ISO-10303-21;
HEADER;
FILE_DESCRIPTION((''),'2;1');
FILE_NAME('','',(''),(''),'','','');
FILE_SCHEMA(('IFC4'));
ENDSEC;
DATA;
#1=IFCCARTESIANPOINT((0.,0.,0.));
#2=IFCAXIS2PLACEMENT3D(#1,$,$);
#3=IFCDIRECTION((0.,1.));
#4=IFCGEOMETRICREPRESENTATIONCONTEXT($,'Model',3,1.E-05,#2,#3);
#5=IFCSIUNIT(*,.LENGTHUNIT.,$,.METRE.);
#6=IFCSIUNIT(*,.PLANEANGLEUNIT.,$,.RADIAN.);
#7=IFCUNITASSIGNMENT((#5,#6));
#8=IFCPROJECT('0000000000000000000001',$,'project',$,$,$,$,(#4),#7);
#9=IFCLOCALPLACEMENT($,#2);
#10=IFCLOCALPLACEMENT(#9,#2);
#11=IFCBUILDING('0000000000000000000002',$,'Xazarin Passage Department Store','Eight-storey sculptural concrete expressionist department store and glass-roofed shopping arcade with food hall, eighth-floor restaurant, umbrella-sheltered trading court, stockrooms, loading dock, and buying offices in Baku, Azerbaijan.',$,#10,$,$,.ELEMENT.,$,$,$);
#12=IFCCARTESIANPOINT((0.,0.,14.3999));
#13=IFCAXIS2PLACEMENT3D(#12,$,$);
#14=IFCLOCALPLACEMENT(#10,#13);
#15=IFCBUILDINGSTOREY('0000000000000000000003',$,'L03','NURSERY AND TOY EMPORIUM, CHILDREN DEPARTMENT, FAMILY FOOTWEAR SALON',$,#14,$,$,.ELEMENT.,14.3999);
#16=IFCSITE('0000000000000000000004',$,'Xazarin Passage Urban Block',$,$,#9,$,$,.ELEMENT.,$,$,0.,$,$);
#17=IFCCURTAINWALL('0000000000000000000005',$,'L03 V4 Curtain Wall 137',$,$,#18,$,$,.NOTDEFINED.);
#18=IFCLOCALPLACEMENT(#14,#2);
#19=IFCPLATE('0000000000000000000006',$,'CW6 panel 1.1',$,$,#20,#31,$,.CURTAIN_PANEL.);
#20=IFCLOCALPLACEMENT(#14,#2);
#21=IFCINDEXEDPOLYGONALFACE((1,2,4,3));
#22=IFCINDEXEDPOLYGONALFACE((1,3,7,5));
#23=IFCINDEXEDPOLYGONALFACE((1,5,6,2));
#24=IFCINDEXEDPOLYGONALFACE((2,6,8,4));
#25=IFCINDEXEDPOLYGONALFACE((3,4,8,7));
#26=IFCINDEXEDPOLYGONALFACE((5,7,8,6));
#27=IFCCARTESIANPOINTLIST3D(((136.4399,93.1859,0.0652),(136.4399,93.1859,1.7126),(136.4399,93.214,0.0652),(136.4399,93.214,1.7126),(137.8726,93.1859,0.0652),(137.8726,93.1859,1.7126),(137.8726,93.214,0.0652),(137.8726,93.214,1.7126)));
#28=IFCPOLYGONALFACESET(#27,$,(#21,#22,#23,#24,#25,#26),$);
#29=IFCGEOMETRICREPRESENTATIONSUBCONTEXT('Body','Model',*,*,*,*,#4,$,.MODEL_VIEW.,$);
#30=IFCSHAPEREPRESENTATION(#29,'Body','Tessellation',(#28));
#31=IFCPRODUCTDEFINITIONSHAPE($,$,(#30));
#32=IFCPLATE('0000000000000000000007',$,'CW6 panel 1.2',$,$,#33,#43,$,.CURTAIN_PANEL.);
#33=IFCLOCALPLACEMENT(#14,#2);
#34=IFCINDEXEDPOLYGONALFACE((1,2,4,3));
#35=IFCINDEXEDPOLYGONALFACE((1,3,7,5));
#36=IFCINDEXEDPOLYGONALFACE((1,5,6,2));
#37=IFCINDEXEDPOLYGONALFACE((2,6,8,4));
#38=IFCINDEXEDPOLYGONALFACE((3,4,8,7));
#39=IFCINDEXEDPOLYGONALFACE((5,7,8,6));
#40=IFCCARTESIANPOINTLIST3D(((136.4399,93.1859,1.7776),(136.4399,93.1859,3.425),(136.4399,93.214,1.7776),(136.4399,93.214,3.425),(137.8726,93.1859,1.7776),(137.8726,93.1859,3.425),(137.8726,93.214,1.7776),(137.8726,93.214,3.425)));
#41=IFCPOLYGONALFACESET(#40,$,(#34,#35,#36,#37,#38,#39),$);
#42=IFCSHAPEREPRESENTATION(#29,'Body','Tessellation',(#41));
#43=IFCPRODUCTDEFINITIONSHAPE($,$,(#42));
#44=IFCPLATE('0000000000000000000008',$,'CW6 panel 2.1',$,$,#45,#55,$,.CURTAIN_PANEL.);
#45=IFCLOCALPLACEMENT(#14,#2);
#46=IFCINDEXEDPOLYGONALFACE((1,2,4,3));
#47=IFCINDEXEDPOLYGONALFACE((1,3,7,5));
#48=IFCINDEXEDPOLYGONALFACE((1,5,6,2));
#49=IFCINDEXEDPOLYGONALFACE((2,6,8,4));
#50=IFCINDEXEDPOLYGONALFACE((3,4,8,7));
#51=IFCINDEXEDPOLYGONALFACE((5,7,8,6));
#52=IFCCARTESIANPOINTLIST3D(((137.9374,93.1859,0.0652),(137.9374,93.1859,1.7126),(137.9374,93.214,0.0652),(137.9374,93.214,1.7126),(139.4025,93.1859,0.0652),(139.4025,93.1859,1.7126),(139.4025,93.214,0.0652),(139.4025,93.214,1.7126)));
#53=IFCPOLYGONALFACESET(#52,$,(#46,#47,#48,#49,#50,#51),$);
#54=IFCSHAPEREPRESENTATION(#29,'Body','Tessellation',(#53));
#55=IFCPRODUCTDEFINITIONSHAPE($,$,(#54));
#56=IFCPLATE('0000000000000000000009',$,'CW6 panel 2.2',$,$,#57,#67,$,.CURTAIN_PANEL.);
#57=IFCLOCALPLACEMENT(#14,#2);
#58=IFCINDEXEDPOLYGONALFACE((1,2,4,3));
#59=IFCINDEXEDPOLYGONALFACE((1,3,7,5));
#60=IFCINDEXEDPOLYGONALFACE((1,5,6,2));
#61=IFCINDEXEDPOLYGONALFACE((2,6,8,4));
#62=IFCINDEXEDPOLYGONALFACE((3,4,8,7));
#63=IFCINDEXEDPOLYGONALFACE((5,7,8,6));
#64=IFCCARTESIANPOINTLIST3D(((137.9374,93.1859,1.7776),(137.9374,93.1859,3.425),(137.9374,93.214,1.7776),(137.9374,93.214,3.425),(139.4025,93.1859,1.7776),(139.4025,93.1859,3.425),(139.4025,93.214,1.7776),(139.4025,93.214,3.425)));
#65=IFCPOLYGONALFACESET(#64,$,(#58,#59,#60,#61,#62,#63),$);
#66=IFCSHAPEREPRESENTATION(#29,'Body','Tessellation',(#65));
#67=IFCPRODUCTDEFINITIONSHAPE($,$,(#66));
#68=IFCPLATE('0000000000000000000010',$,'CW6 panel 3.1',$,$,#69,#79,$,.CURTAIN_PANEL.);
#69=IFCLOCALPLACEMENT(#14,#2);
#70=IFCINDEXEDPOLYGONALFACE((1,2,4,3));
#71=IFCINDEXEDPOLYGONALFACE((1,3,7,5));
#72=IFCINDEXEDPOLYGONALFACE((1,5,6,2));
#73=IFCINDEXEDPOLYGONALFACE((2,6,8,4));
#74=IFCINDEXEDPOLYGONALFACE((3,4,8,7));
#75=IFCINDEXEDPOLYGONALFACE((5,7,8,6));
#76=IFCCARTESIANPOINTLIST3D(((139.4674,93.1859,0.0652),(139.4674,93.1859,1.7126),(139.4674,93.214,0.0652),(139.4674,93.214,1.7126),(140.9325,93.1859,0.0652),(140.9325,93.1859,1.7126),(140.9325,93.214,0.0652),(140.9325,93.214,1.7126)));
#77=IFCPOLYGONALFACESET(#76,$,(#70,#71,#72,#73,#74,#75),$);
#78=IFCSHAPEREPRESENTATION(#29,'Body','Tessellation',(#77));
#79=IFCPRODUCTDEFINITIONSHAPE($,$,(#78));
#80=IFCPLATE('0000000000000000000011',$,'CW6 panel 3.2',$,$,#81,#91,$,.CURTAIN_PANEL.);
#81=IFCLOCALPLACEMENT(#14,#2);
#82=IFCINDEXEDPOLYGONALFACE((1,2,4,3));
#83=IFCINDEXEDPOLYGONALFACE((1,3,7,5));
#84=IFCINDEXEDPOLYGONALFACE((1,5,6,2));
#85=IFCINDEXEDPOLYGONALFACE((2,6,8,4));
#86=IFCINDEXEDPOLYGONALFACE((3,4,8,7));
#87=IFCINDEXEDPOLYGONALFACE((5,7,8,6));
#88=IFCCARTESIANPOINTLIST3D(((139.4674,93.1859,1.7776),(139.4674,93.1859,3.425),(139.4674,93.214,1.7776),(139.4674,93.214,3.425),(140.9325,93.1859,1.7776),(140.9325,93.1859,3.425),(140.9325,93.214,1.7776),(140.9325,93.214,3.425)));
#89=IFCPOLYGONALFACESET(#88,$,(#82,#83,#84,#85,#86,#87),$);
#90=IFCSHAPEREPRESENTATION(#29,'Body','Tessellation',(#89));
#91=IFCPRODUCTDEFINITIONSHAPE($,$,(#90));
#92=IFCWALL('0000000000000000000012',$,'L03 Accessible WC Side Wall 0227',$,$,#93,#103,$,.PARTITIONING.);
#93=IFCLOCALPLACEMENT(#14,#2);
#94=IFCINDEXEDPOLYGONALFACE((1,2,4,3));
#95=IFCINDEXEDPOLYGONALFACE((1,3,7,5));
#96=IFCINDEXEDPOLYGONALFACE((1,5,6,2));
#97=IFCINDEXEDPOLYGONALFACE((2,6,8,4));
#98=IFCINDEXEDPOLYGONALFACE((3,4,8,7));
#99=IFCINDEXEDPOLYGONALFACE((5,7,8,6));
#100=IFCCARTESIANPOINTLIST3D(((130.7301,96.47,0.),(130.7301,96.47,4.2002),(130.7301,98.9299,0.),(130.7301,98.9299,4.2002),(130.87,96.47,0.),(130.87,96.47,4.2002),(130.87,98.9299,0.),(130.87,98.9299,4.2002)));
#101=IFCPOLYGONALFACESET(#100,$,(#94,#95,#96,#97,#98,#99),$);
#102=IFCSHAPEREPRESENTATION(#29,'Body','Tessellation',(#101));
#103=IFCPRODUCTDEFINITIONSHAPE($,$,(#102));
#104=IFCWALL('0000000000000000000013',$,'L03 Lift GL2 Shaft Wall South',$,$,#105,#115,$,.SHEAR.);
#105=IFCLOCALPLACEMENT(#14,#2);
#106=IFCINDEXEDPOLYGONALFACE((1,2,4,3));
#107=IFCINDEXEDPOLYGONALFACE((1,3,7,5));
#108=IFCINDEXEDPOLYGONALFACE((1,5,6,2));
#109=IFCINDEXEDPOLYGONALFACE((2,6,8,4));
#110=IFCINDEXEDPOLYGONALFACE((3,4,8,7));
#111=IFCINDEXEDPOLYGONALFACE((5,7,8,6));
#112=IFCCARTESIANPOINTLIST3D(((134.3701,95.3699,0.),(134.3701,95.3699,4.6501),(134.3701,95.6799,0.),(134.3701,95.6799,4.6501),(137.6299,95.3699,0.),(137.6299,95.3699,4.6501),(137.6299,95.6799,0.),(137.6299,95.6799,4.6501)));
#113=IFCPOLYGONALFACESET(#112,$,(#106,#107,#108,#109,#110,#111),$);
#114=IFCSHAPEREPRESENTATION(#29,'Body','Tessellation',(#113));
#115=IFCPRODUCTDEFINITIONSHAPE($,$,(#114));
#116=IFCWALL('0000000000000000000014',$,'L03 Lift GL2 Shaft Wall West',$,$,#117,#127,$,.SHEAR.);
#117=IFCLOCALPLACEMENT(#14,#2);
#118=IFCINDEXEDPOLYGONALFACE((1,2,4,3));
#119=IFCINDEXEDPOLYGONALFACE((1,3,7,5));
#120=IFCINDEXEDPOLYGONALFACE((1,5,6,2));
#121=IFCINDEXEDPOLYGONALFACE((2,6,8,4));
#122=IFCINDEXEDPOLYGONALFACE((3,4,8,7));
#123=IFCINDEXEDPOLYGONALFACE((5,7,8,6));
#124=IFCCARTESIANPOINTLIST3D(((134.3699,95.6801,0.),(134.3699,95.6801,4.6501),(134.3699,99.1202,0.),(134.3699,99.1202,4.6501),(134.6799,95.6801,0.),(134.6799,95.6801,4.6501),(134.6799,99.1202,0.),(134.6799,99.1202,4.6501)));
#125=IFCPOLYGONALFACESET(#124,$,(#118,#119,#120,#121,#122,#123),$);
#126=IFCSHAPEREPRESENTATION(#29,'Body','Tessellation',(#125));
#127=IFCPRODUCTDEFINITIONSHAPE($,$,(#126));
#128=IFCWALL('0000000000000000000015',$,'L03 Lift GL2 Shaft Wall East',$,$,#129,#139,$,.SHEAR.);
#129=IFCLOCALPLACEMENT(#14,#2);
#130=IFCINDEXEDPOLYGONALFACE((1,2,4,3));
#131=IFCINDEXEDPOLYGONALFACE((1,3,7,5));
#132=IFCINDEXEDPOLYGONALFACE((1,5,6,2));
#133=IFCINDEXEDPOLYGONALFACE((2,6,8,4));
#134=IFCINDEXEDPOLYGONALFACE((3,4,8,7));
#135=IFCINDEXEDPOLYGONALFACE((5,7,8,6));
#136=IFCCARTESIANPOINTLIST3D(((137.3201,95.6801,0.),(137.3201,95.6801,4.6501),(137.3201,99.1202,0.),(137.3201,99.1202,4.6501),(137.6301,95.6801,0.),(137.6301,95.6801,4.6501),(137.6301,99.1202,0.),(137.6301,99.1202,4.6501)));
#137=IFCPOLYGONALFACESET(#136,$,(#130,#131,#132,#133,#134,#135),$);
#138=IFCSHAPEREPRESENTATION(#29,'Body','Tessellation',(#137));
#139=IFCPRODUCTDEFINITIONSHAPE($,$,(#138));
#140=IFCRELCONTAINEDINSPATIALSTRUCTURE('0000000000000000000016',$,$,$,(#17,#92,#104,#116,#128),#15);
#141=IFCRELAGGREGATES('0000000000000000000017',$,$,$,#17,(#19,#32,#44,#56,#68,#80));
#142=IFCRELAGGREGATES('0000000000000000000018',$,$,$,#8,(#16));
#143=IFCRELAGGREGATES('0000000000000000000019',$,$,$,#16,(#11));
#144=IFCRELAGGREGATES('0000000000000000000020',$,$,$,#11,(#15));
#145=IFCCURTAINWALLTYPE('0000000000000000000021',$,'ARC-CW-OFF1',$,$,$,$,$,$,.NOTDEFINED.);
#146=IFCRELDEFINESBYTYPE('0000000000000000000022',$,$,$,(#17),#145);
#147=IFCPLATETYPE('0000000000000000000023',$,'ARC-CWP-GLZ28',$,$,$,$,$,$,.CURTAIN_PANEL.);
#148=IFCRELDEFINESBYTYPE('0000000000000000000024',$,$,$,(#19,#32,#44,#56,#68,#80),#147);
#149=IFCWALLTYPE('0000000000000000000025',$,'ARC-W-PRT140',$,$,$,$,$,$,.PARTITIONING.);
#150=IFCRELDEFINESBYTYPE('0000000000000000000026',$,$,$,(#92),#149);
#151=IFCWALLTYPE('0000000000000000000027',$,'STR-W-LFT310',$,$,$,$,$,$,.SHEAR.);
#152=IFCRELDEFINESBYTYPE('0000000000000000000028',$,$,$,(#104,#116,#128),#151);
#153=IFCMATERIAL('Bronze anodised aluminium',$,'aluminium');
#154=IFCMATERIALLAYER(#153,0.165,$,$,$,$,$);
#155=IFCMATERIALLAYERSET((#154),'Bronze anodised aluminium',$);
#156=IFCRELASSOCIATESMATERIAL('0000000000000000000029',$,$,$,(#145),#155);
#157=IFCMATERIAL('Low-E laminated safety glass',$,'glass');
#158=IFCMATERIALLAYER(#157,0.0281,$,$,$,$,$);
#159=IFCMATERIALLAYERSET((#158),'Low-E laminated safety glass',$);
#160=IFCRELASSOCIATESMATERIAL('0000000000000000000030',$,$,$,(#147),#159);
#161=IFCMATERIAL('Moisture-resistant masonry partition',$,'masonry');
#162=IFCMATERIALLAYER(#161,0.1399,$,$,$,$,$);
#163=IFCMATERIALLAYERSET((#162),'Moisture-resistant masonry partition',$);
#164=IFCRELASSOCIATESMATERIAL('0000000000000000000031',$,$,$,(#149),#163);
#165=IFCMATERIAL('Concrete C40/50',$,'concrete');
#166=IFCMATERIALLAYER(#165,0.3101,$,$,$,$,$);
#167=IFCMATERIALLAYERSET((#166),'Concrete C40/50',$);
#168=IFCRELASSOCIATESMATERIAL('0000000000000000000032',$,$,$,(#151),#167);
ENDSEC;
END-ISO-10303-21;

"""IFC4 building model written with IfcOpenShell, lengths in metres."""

from ifc_helpers import new_model, si_unit, direction, frame, frame_2d, origin, origin_2d, place, context, subcontext, project, spatial, rectangle, extrude, material, layer, layer_set, type_object, element, aggregate, save


model = new_model("IFC4")

# Units and contexts
model_context = context("Model", 3, precision=1e-05, world=origin(), true_north=direction((0.0, 1.0)))
body_context = subcontext(model_context, "Body", "Model", "MODEL_VIEW")
ifc_project = project(units=[si_unit("LENGTHUNIT", "METRE"), si_unit("PLANEANGLEUNIT", "RADIAN")], contexts=[model_context])

# Site, building, storey
site_placement = place(None, origin())
site = spatial("IfcSite", under=ifc_project, at=site_placement, Name="Xazarin Passage Urban Block", CompositionType="ELEMENT", RefElevation=0.0)
building_placement = place(site_placement, origin())
building = spatial("IfcBuilding", under=site, at=building_placement, Name="Xazarin Passage Department Store", Description="Eight-storey sculptural concrete expressionist department store and glass-roofed shopping arcade with food hall, eighth-floor restaurant, umbrella-sheltered trading court, stockrooms, loading dock, and buying offices in Baku, Azerbaijan.", CompositionType="ELEMENT")
storey_placement = place(building_placement, frame((0.0, 0.0, 14.3999)))
storey = spatial("IfcBuildingStorey", under=building, at=storey_placement, Name="L03", Description="NURSERY AND TOY EMPORIUM, CHILDREN DEPARTMENT, FAMILY FOOTWEAR SALON", CompositionType="ELEMENT", Elevation=14.3999)

# Curtain wall
ifc_material_1 = material(Name="Bronze anodised aluminium", Category="aluminium")
ifc_layer_1 = layer(ifc_material_1, 0.165)
ifc_layer_set_1 = layer_set([ifc_layer_1], Name="Bronze anodised aluminium")
curtain_wall_type = type_object("IfcCurtainWallType", Name="ARC-CW-OFF1", PredefinedType="NOTDEFINED", material=ifc_layer_set_1)
curtain_wall_placement = place(storey_placement, origin())
curtain_wall = element("IfcCurtainWall", 1, at=curtain_wall_placement, inside=storey, type_object=curtain_wall_type, Name="L03 V4 Curtain Wall 137", PredefinedType="NOTDEFINED")

# Plates
ifc_material_2 = material(Name="Low-E laminated safety glass", Category="glass")
ifc_layer_2 = layer(ifc_material_2, 0.0281)
ifc_layer_set_2 = layer_set([ifc_layer_2], Name="Low-E laminated safety glass")
plate_type = type_object("IfcPlateType", Name="ARC-CWP-GLZ28", PredefinedType="CURTAIN_PANEL", material=ifc_layer_set_2)
plate_1_placement = place(storey_placement, frame((137.1562, 93.2, 0.0652), z_axis=(0.0, 0.0, 1.0), x_axis=(1.0, 0.0, 0.0)))
plate_1 = element("IfcPlate", 2, at=plate_1_placement, type_object=plate_type, Name="CW6 panel 1.1", PredefinedType="CURTAIN_PANEL", context=body_context, shape_type="SweptSolid", body=[
    extrude(rectangle(XDim=1.4326, YDim=0.0281, at=origin_2d()), origin(), (0.0, 0.0, 1.0), 1.6475),
])
plate_2_placement = place(storey_placement, frame((137.1562, 93.2, 1.7776), z_axis=(0.0, 0.0, 1.0), x_axis=(1.0, 0.0, 0.0)))
plate_2 = element("IfcPlate", 3, at=plate_2_placement, type_object=plate_type, Name="CW6 panel 1.2", PredefinedType="CURTAIN_PANEL", context=body_context, shape_type="SweptSolid", body=[
    extrude(rectangle(XDim=1.4326, YDim=0.0281, at=origin_2d()), origin(), (0.0, 0.0, 1.0), 1.6475),
])
plate_3_placement = place(storey_placement, frame((138.6699, 93.2, 0.0652), z_axis=(0.0, 0.0, 1.0), x_axis=(1.0, 0.0, 0.0)))
plate_3 = element("IfcPlate", 4, at=plate_3_placement, type_object=plate_type, Name="CW6 panel 2.1", PredefinedType="CURTAIN_PANEL", context=body_context, shape_type="SweptSolid", body=[
    extrude(rectangle(XDim=1.4651, YDim=0.0281, at=origin_2d()), origin(), (0.0, 0.0, 1.0), 1.6475),
])
plate_4_placement = place(storey_placement, frame((138.6699, 93.2, 1.7776), z_axis=(0.0, 0.0, 1.0), x_axis=(1.0, 0.0, 0.0)))
plate_4 = element("IfcPlate", 5, at=plate_4_placement, type_object=plate_type, Name="CW6 panel 2.2", PredefinedType="CURTAIN_PANEL", context=body_context, shape_type="SweptSolid", body=[
    extrude(rectangle(XDim=1.4651, YDim=0.0281, at=origin_2d()), origin(), (0.0, 0.0, 1.0), 1.6475),
])
plate_5_placement = place(storey_placement, frame((140.2, 93.2, 0.0652), z_axis=(0.0, 0.0, 1.0), x_axis=(1.0, 0.0, 0.0)))
plate_5 = element("IfcPlate", 6, at=plate_5_placement, type_object=plate_type, Name="CW6 panel 3.1", PredefinedType="CURTAIN_PANEL", context=body_context, shape_type="SweptSolid", body=[
    extrude(rectangle(XDim=1.4651, YDim=0.0281, at=origin_2d()), origin(), (0.0, 0.0, 1.0), 1.6475),
])
plate_6_placement = place(storey_placement, frame((140.2, 93.2, 1.7776), z_axis=(0.0, 0.0, 1.0), x_axis=(1.0, 0.0, 0.0)))
plate_6 = element("IfcPlate", 7, at=plate_6_placement, type_object=plate_type, Name="CW6 panel 3.2", PredefinedType="CURTAIN_PANEL", context=body_context, shape_type="SweptSolid", body=[
    extrude(rectangle(XDim=1.4651, YDim=0.0281, at=origin_2d()), origin(), (0.0, 0.0, 1.0), 1.6475),
])
aggregate(curtain_wall, [plate_1, plate_2, plate_3, plate_4, plate_5, plate_6])

# Walls
ifc_material_3 = material(Name="Moisture-resistant masonry partition", Category="masonry")
ifc_layer_3 = layer(ifc_material_3, 0.1399)
ifc_layer_set_3 = layer_set([ifc_layer_3], Name="Moisture-resistant masonry partition")
wall_type_1 = type_object("IfcWallType", Name="ARC-W-PRT140", PredefinedType="PARTITIONING", material=ifc_layer_set_3)
wall_1_placement = place(storey_placement, frame((130.8, 96.47, 0.0), z_axis=(0.0, 0.0, 1.0), x_axis=(0.0, 1.0, 0.0)))
element("IfcWall", 8, at=wall_1_placement, inside=storey, type_object=wall_type_1, Name="L03 Accessible WC Side Wall 0227", PredefinedType="PARTITIONING", context=body_context, shape_type="SweptSolid", body=[
    extrude(rectangle(XDim=2.46, YDim=0.1399, at=frame_2d((1.23, 0.0))), origin(), (0.0, 0.0, 1.0), 4.2002),
])
ifc_material_4 = material(Name="Concrete C40/50", Category="concrete")
ifc_layer_4 = layer(ifc_material_4, 0.3101)
ifc_layer_set_4 = layer_set([ifc_layer_4], Name="Concrete C40/50")
wall_type_2 = type_object("IfcWallType", Name="STR-W-LFT310", PredefinedType="SHEAR", material=ifc_layer_set_4)
wall_2_placement = place(storey_placement, frame((134.3701, 95.5249, 0.0), z_axis=(0.0, 0.0, 1.0), x_axis=(1.0, 0.0, 0.0)))
element("IfcWall", 9, at=wall_2_placement, inside=storey, type_object=wall_type_2, Name="L03 Lift GL2 Shaft Wall South", PredefinedType="SHEAR", context=body_context, shape_type="SweptSolid", body=[
    extrude(rectangle(XDim=3.2598, YDim=0.3101, at=frame_2d((1.6299, 0.0))), origin(), (0.0, 0.0, 1.0), 4.6501),
])
for number, where, z_axis, x_axis, name in (
    (10, (134.5249, 95.6799, 0.0), (0.0, 0.0, 1.0), (0.0, 1.0, 0.0), "L03 Lift GL2 Shaft Wall West"),
    (11, (137.4751, 95.6799, 0.0), (0.0, 0.0, 1.0), (0.0, 1.0, 0.0), "L03 Lift GL2 Shaft Wall East"),
):
    element("IfcWall", number, at=place(storey_placement, frame(where, z_axis=z_axis, x_axis=x_axis)), inside=storey, type_object=wall_type_2, Name=name, PredefinedType="SHEAR", context=body_context, shape_type="SweptSolid", body=[
        extrude(rectangle(XDim=3.4402, YDim=0.3101, at=frame_2d((1.7202, 0.0))), origin(), (0.0, 0.0, 1.0), 4.6501),
    ])

save(model, "model.ifc")
